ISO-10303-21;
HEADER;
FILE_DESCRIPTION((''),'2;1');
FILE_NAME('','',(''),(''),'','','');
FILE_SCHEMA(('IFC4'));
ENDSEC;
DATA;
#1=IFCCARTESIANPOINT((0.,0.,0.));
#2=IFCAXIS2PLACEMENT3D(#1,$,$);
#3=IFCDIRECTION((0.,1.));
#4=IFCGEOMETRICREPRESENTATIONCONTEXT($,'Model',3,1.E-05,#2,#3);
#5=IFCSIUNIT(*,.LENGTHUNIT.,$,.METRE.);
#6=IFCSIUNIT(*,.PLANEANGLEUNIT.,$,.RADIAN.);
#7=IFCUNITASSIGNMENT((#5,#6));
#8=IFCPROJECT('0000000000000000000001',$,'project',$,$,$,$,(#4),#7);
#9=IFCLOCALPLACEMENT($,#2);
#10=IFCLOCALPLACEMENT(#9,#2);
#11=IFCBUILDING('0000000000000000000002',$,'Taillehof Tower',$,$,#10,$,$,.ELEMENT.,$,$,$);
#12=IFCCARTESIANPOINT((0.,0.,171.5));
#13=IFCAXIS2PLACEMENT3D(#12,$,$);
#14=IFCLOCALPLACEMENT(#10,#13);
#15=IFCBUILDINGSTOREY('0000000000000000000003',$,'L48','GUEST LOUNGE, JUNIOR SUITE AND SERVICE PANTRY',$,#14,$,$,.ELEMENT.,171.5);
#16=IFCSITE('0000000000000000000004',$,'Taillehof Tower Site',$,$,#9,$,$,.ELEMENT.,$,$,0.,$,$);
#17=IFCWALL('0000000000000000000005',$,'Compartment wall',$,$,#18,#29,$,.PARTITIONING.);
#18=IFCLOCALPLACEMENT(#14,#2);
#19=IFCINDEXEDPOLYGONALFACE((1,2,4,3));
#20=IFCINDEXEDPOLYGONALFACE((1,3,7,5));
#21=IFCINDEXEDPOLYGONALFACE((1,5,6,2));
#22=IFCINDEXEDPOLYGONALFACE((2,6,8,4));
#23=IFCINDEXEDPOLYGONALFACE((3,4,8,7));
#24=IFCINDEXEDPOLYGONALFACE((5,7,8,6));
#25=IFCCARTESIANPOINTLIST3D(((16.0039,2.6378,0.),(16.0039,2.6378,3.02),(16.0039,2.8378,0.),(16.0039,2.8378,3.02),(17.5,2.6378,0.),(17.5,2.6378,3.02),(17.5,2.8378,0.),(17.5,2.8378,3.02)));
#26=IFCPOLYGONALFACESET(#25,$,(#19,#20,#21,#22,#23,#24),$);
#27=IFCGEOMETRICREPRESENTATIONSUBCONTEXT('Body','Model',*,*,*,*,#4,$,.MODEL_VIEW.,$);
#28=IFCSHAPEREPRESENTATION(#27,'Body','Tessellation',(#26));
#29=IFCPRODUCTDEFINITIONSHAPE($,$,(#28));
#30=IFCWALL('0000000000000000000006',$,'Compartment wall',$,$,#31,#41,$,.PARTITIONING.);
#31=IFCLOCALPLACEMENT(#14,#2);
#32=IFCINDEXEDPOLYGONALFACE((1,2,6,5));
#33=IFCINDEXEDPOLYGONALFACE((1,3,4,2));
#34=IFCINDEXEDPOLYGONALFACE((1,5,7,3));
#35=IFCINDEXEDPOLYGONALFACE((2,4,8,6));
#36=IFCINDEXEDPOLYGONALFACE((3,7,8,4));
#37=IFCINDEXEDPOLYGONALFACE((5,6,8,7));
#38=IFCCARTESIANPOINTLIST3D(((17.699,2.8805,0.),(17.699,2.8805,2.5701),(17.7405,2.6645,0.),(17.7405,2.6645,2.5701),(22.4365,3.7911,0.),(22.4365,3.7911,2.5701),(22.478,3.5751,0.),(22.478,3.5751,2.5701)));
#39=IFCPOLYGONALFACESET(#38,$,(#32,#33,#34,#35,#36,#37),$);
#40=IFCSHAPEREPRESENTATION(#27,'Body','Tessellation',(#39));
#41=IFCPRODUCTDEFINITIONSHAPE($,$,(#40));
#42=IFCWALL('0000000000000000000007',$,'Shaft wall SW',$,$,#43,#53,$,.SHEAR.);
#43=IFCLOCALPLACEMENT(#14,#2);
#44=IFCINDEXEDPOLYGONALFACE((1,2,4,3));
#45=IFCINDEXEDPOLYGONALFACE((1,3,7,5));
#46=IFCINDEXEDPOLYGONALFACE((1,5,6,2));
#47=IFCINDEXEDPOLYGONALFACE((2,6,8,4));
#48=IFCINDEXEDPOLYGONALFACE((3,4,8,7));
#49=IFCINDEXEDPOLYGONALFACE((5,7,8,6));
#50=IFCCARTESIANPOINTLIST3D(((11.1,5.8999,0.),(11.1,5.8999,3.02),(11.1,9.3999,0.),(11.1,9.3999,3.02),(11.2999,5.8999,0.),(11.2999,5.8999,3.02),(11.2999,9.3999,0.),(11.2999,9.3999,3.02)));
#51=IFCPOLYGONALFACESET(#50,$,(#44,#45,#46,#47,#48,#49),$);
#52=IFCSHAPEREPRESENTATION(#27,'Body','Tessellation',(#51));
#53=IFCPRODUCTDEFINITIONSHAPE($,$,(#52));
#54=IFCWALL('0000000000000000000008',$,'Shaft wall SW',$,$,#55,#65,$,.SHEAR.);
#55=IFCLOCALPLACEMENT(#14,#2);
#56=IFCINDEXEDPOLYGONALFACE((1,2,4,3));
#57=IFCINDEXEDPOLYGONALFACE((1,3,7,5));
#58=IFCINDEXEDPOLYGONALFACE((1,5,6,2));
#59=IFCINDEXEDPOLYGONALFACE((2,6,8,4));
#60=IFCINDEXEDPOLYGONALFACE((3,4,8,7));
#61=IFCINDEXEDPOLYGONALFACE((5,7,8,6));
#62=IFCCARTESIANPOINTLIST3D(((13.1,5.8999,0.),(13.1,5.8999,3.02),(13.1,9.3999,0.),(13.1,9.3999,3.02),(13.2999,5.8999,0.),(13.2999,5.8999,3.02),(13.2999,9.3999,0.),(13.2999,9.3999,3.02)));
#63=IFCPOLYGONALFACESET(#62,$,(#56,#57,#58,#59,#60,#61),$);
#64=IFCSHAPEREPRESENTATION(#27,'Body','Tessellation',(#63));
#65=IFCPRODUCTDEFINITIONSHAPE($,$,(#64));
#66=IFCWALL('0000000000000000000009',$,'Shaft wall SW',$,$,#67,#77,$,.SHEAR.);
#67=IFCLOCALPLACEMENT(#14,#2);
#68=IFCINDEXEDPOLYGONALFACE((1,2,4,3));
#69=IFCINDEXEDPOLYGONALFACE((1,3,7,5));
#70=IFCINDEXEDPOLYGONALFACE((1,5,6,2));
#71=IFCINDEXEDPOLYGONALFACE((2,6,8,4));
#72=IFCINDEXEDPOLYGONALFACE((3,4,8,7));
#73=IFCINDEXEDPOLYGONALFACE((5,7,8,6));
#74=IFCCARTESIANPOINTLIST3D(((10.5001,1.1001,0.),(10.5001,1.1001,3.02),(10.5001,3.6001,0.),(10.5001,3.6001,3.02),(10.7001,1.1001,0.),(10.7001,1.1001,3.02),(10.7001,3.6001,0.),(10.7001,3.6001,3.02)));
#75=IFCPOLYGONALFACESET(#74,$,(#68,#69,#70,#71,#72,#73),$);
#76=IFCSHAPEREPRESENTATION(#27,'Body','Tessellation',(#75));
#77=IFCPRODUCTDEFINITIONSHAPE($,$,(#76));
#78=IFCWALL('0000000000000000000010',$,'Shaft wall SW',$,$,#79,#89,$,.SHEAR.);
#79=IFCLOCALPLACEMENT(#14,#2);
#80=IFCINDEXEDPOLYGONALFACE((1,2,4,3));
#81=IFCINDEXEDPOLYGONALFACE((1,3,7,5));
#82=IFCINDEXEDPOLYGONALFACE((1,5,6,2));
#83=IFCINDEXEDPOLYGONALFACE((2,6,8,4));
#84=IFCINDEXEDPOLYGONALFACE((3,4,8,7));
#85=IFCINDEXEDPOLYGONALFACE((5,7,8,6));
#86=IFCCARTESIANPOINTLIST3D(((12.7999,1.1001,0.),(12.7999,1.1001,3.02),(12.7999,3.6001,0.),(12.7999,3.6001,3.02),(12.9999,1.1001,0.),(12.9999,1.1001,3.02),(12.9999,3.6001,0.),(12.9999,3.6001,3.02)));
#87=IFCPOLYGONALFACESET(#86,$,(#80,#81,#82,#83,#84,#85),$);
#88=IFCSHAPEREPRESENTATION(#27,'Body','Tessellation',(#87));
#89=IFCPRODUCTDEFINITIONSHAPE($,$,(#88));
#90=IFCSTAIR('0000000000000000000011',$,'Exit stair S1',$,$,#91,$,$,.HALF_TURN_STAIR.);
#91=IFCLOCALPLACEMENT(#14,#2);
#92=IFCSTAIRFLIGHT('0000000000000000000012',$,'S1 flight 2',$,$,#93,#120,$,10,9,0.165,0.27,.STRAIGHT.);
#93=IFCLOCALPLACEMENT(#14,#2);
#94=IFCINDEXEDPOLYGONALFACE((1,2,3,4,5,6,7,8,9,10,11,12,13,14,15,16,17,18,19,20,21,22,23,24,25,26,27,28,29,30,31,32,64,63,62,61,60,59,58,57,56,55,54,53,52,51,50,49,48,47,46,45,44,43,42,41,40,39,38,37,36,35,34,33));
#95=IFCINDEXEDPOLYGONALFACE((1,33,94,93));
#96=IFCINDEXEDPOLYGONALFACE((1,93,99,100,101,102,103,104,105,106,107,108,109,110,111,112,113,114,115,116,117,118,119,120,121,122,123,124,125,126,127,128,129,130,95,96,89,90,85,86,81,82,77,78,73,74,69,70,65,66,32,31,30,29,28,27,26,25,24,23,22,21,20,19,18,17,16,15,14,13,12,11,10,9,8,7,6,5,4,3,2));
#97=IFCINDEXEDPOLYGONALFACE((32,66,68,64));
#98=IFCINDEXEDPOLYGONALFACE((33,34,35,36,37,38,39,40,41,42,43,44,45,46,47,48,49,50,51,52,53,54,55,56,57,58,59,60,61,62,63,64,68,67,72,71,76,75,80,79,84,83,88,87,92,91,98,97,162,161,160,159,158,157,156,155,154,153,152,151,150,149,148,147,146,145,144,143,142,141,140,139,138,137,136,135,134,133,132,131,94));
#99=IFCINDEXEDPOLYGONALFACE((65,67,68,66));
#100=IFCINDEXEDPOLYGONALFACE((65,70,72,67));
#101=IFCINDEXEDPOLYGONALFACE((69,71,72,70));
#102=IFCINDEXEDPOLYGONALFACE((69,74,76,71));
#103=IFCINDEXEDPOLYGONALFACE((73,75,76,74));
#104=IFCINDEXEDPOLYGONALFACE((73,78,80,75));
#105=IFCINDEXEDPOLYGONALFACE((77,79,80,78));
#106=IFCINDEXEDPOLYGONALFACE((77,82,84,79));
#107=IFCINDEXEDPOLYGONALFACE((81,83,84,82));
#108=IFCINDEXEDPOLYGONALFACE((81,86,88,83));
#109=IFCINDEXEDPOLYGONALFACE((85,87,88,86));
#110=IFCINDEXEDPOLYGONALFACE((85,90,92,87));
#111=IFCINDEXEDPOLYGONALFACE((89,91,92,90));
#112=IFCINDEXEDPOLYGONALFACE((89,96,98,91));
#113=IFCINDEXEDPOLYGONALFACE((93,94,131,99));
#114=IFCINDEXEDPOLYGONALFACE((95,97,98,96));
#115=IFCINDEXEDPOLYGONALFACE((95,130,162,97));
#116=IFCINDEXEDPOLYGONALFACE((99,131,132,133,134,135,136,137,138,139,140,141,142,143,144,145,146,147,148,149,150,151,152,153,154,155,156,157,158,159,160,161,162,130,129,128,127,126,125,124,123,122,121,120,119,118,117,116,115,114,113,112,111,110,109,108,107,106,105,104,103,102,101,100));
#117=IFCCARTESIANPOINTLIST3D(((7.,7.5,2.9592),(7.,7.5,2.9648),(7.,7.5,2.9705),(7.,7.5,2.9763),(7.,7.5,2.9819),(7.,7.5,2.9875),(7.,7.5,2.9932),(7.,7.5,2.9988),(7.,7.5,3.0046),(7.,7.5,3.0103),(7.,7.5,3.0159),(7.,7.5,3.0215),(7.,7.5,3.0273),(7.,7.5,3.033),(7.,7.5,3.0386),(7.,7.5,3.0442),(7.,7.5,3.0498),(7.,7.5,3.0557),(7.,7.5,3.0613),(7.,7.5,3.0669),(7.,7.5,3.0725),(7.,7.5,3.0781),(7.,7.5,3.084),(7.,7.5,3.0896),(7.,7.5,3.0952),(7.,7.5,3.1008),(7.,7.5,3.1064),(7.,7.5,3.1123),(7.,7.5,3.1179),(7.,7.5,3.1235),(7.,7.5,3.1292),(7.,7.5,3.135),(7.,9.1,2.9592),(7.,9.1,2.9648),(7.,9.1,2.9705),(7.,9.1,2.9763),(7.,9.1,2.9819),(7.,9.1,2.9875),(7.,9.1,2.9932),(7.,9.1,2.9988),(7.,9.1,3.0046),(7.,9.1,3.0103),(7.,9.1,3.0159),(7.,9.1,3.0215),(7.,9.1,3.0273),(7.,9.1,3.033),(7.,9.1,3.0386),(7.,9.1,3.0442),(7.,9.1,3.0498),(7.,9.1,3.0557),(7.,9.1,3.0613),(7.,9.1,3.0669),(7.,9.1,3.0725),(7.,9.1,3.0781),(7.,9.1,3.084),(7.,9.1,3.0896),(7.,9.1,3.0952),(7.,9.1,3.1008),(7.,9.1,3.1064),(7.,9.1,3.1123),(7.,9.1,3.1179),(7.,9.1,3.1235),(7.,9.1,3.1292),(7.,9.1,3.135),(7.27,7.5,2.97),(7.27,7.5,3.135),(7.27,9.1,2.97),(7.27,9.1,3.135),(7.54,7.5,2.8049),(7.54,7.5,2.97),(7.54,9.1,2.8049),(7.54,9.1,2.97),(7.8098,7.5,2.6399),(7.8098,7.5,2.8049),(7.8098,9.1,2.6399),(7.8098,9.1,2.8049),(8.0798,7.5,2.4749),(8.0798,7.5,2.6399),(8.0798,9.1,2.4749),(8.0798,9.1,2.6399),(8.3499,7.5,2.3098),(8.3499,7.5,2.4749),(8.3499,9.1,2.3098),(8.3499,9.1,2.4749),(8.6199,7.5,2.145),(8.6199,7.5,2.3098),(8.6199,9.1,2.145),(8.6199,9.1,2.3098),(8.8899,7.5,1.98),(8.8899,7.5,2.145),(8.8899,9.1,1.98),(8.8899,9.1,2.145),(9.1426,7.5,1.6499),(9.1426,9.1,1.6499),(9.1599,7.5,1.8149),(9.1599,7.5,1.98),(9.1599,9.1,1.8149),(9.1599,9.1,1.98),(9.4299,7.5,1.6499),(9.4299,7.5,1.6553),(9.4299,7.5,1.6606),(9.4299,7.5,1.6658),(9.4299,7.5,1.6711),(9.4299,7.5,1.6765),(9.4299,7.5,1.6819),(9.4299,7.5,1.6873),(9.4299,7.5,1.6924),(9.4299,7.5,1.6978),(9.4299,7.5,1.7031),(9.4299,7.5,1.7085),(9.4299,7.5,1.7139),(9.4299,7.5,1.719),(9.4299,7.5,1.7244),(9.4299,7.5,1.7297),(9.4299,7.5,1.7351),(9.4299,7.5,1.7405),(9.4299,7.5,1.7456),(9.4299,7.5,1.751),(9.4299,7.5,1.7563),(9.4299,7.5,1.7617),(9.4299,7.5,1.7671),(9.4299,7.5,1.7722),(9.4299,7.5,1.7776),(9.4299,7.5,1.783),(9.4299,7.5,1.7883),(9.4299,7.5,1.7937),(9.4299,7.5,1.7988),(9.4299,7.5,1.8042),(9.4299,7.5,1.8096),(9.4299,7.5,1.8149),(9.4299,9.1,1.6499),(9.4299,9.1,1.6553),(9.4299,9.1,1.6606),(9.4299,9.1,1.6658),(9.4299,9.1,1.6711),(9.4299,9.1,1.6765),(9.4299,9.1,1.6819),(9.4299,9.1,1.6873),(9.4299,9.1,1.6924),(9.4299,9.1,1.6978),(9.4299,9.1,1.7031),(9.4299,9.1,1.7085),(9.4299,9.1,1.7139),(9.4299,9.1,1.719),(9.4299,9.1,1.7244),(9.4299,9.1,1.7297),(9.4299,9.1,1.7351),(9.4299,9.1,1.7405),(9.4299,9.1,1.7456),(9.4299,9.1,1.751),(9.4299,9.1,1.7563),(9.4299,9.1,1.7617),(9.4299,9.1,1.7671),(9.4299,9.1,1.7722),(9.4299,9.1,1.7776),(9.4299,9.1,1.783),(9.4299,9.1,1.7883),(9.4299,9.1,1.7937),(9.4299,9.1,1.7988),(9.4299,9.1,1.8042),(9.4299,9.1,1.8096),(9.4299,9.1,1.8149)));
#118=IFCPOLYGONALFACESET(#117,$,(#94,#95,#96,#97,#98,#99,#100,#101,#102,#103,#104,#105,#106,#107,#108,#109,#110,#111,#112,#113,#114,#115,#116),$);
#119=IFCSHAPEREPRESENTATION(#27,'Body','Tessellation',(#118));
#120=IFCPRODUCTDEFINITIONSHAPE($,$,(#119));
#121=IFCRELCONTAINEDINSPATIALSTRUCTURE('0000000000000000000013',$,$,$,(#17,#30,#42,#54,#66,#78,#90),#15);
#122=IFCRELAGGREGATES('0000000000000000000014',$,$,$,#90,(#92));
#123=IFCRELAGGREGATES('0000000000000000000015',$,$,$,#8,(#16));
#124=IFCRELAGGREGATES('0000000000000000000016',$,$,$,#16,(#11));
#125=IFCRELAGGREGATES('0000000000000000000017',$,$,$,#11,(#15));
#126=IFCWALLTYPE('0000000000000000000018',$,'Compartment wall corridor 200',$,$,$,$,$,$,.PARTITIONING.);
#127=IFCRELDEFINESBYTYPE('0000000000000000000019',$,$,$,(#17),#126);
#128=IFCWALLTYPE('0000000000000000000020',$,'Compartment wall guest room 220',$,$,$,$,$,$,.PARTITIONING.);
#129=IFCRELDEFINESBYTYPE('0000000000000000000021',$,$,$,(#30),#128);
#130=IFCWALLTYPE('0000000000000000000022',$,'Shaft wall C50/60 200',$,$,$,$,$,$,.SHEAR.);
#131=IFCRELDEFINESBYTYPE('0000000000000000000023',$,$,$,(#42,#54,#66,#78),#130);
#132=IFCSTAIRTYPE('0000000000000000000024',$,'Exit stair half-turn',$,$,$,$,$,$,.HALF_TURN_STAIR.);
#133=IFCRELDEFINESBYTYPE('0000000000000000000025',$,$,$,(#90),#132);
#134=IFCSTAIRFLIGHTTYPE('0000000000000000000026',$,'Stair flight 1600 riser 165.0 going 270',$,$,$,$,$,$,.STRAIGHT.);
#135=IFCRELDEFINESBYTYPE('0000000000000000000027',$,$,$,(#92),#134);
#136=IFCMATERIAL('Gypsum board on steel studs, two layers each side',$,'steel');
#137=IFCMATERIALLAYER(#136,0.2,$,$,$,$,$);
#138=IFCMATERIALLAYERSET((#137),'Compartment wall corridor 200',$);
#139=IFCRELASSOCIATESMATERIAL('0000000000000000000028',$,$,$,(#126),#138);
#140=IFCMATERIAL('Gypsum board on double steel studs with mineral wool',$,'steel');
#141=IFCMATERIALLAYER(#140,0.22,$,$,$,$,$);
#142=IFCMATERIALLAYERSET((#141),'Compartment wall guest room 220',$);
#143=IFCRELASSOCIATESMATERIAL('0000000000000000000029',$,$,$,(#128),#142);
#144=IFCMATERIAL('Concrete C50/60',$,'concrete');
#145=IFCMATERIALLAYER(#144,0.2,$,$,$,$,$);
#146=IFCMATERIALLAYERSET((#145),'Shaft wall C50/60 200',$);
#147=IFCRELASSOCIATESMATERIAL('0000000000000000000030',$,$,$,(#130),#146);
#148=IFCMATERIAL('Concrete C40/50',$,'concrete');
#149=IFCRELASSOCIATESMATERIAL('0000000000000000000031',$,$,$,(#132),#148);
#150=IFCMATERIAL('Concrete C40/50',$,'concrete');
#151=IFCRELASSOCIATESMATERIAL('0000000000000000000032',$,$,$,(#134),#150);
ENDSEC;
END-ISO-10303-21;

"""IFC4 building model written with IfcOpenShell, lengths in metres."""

from ifc_helpers import new_model, si_unit, direction, frame, frame_2d, origin, place, context, subcontext, project, spatial, polyline, rectangle, outline, extrude, material, layer, layer_set, type_object, element, aggregate, save


model = new_model("IFC4")

# Units and contexts
model_context = context("Model", 3, precision=1e-05, world=origin(), true_north=direction((0.0, 1.0)))
body_context = subcontext(model_context, "Body", "Model", "MODEL_VIEW")
ifc_project = project(units=[si_unit("LENGTHUNIT", "METRE"), si_unit("PLANEANGLEUNIT", "RADIAN")], contexts=[model_context])

# Site, building, storey
site_placement = place(None, origin())
site = spatial("IfcSite", under=ifc_project, at=site_placement, Name="Taillehof Tower Site", CompositionType="ELEMENT", RefElevation=0.0)
building_placement = place(site_placement, origin())
building = spatial("IfcBuilding", under=site, at=building_placement, Name="Taillehof Tower", CompositionType="ELEMENT")
storey_placement = place(building_placement, frame((0.0, 0.0, 171.5)))
storey = spatial("IfcBuildingStorey", under=building, at=storey_placement, Name="L48", Description="GUEST LOUNGE, JUNIOR SUITE AND SERVICE PANTRY", CompositionType="ELEMENT", Elevation=171.5)

# Walls
ifc_material_1 = material(Name="Gypsum board on steel studs, two layers each side", Category="steel")
ifc_layer_1 = layer(ifc_material_1, 0.2)
ifc_layer_set_1 = layer_set([ifc_layer_1], Name="Compartment wall corridor 200")
wall_type_1 = type_object("IfcWallType", Name="Compartment wall corridor 200", PredefinedType="PARTITIONING", material=ifc_layer_set_1)
wall_1_placement = place(storey_placement, frame((17.5, 2.7378, 0.0), z_axis=(0.0, 0.0, 1.0), x_axis=(-1.0, 0.0, 0.0)))
element("IfcWall", 1, at=wall_1_placement, inside=storey, type_object=wall_type_1, Name="Compartment wall", PredefinedType="PARTITIONING", context=body_context, shape_type="SweptSolid", body=[
    extrude(rectangle(XDim=1.4961, YDim=0.2, at=frame_2d((0.748, 0.0))), origin(), (0.0, 0.0, 1.0), 3.02),
])
ifc_material_2 = material(Name="Gypsum board on double steel studs with mineral wool", Category="steel")
ifc_layer_2 = layer(ifc_material_2, 0.22)
ifc_layer_set_2 = layer_set([ifc_layer_2], Name="Compartment wall guest room 220")
wall_type_2 = type_object("IfcWallType", Name="Compartment wall guest room 220", PredefinedType="PARTITIONING", material=ifc_layer_set_2)
wall_2_placement = place(storey_placement, frame((22.4573, 3.6831, 0.0), z_axis=(0.0, 0.0, 1.0), x_axis=(-0.982023, -0.188763, 0.0)))
element("IfcWall", 2, at=wall_2_placement, inside=storey, type_object=wall_type_2, Name="Compartment wall", PredefinedType="PARTITIONING", context=body_context, shape_type="SweptSolid", body=[
    extrude(rectangle(XDim=4.8242, YDim=0.22, at=frame_2d((2.4121, 0.0))), origin(), (0.0, 0.0, 1.0), 2.5701),
])
ifc_material_3 = material(Name="Concrete C50/60", Category="concrete")
ifc_layer_3 = layer(ifc_material_3, 0.2)
ifc_layer_set_3 = layer_set([ifc_layer_3], Name="Shaft wall C50/60 200")
wall_type_3 = type_object("IfcWallType", Name="Shaft wall C50/60 200", PredefinedType="SHEAR", material=ifc_layer_set_3)
for number, where, z_axis, x_axis, name in (
    (3, (11.2, 5.8999, 0.0), (0.0, 0.0, 1.0), (0.0, 1.0, 0.0), "Shaft wall SW"),
    (4, (13.2, 5.8999, 0.0), (0.0, 0.0, 1.0), (0.0, 1.0, 0.0), "Shaft wall SW"),
):
    element("IfcWall", number, at=place(storey_placement, frame(where, z_axis=z_axis, x_axis=x_axis)), inside=storey, type_object=wall_type_3, Name=name, PredefinedType="SHEAR", context=body_context, shape_type="SweptSolid", body=[
        extrude(rectangle(XDim=3.5, YDim=0.2, at=frame_2d((1.75, 0.0))), origin(), (0.0, 0.0, 1.0), 3.02),
    ])
for number, where, z_axis, x_axis, name in (
    (5, (10.6001, 1.1001, 0.0), (0.0, 0.0, 1.0), (0.0, 1.0, 0.0), "Shaft wall SW"),
    (6, (12.8999, 1.1001, 0.0), (0.0, 0.0, 1.0), (0.0, 1.0, 0.0), "Shaft wall SW"),
):
    element("IfcWall", number, at=place(storey_placement, frame(where, z_axis=z_axis, x_axis=x_axis)), inside=storey, type_object=wall_type_3, Name=name, PredefinedType="SHEAR", context=body_context, shape_type="SweptSolid", body=[
        extrude(rectangle(XDim=2.5, YDim=0.2, at=frame_2d((1.25, 0.0))), origin(), (0.0, 0.0, 1.0), 3.02),
    ])

# Stair, stair flight
ifc_material_4 = material(Name="Concrete C40/50", Category="concrete")
stair_type = type_object("IfcStairType", Name="Exit stair half-turn", PredefinedType="HALF_TURN_STAIR", material=ifc_material_4)
stair_placement = place(storey_placement, origin())
stair = element("IfcStair", 7, at=stair_placement, inside=storey, type_object=stair_type, Name="Exit stair S1", PredefinedType="HALF_TURN_STAIR")
ifc_material_5 = material(Name="Concrete C40/50", Category="concrete")
stair_flight_type = type_object("IfcStairFlightType", Name="Stair flight 1600 riser 165.0 going 270", PredefinedType="STRAIGHT", material=ifc_material_5)
stair_flight_placement = place(storey_placement, frame((9.4299, 8.3, 1.6499), z_axis=(0.0, 0.0, 1.0), x_axis=(-1.0, 0.0, 0.0)))
stair_flight = element("IfcStairFlight", 8, at=stair_flight_placement, type_object=stair_flight_type, Name="S1 flight 2", NumberOfRisers=10, NumberOfTreads=9, PredefinedType="STRAIGHT", RiserHeight=0.165, TreadLength=0.27, context=body_context, shape_type="SweptSolid", body=[
    extrude(outline(polyline([(0.0, 0.0), (0.0, 0.0054), (0.0, 0.0107), (0.0, 0.0159), (0.0, 0.0212), (0.0, 0.0266), (0.0, 0.032), (0.0, 0.0374), (0.0, 0.0425), (0.0, 0.0479), (0.0, 0.0532), (0.0, 0.0586), (0.0, 0.064), (0.0, 0.0691), (0.0, 0.0745), (0.0, 0.0798), (0.0, 0.0852), (0.0, 0.0906), (0.0, 0.0957), (0.0, 0.1011), (0.0, 0.1064), (0.0, 0.1118), (0.0, 0.1172), (0.0, 0.1223), (0.0, 0.1277), (0.0, 0.1331), (0.0, 0.1384), (0.0, 0.1438), (0.0, 0.1489), (0.0, 0.1543), (0.0, 0.1597), (0.0, 0.165), (0.27, 0.165), (0.27, 0.3301), (0.54, 0.3301), (0.54, 0.4951), (0.8101, 0.4951), (0.8101, 0.6599), (1.0801, 0.6599), (1.0801, 0.825), (1.3501, 0.825), (1.3501, 0.99), (1.6201, 0.99), (1.6201, 1.155), (1.8899, 1.155), (1.8899, 1.3201), (2.1599, 1.3201), (2.1599, 1.4851), (2.4299, 1.4851), (2.4299, 1.4792), (2.4299, 1.4736), (2.4299, 1.468), (2.4299, 1.4624), (2.4299, 1.4565), (2.4299, 1.4509), (2.4299, 1.4453), (2.4299, 1.4397), (2.4299, 1.4341), (2.4299, 1.4282), (2.4299, 1.4226), (2.4299, 1.417), (2.4299, 1.4114), (2.4299, 1.4058), (2.4299, 1.3999), (2.4299, 1.3943), (2.4299, 1.3887), (2.4299, 1.3831), (2.4299, 1.3774), (2.4299, 1.3716), (2.4299, 1.366), (2.4299, 1.3604), (2.4299, 1.3547), (2.4299, 1.3489), (2.4299, 1.3433), (2.4299, 1.3376), (2.4299, 1.332), (2.4299, 1.3264), (2.4299, 1.3206), (2.4299, 1.3149), (2.4299, 1.3093), (0.2874, 0.0), (0.0, 0.0)])), frame((0.0, 0.8, 0.0), z_axis=(0.0, -1.0, 0.0), x_axis=(1.0, 0.0, 0.0)), (0.0, 0.0, 1.0), 1.6),
])
aggregate(stair, [stair_flight])

save(model, "model.ifc")
